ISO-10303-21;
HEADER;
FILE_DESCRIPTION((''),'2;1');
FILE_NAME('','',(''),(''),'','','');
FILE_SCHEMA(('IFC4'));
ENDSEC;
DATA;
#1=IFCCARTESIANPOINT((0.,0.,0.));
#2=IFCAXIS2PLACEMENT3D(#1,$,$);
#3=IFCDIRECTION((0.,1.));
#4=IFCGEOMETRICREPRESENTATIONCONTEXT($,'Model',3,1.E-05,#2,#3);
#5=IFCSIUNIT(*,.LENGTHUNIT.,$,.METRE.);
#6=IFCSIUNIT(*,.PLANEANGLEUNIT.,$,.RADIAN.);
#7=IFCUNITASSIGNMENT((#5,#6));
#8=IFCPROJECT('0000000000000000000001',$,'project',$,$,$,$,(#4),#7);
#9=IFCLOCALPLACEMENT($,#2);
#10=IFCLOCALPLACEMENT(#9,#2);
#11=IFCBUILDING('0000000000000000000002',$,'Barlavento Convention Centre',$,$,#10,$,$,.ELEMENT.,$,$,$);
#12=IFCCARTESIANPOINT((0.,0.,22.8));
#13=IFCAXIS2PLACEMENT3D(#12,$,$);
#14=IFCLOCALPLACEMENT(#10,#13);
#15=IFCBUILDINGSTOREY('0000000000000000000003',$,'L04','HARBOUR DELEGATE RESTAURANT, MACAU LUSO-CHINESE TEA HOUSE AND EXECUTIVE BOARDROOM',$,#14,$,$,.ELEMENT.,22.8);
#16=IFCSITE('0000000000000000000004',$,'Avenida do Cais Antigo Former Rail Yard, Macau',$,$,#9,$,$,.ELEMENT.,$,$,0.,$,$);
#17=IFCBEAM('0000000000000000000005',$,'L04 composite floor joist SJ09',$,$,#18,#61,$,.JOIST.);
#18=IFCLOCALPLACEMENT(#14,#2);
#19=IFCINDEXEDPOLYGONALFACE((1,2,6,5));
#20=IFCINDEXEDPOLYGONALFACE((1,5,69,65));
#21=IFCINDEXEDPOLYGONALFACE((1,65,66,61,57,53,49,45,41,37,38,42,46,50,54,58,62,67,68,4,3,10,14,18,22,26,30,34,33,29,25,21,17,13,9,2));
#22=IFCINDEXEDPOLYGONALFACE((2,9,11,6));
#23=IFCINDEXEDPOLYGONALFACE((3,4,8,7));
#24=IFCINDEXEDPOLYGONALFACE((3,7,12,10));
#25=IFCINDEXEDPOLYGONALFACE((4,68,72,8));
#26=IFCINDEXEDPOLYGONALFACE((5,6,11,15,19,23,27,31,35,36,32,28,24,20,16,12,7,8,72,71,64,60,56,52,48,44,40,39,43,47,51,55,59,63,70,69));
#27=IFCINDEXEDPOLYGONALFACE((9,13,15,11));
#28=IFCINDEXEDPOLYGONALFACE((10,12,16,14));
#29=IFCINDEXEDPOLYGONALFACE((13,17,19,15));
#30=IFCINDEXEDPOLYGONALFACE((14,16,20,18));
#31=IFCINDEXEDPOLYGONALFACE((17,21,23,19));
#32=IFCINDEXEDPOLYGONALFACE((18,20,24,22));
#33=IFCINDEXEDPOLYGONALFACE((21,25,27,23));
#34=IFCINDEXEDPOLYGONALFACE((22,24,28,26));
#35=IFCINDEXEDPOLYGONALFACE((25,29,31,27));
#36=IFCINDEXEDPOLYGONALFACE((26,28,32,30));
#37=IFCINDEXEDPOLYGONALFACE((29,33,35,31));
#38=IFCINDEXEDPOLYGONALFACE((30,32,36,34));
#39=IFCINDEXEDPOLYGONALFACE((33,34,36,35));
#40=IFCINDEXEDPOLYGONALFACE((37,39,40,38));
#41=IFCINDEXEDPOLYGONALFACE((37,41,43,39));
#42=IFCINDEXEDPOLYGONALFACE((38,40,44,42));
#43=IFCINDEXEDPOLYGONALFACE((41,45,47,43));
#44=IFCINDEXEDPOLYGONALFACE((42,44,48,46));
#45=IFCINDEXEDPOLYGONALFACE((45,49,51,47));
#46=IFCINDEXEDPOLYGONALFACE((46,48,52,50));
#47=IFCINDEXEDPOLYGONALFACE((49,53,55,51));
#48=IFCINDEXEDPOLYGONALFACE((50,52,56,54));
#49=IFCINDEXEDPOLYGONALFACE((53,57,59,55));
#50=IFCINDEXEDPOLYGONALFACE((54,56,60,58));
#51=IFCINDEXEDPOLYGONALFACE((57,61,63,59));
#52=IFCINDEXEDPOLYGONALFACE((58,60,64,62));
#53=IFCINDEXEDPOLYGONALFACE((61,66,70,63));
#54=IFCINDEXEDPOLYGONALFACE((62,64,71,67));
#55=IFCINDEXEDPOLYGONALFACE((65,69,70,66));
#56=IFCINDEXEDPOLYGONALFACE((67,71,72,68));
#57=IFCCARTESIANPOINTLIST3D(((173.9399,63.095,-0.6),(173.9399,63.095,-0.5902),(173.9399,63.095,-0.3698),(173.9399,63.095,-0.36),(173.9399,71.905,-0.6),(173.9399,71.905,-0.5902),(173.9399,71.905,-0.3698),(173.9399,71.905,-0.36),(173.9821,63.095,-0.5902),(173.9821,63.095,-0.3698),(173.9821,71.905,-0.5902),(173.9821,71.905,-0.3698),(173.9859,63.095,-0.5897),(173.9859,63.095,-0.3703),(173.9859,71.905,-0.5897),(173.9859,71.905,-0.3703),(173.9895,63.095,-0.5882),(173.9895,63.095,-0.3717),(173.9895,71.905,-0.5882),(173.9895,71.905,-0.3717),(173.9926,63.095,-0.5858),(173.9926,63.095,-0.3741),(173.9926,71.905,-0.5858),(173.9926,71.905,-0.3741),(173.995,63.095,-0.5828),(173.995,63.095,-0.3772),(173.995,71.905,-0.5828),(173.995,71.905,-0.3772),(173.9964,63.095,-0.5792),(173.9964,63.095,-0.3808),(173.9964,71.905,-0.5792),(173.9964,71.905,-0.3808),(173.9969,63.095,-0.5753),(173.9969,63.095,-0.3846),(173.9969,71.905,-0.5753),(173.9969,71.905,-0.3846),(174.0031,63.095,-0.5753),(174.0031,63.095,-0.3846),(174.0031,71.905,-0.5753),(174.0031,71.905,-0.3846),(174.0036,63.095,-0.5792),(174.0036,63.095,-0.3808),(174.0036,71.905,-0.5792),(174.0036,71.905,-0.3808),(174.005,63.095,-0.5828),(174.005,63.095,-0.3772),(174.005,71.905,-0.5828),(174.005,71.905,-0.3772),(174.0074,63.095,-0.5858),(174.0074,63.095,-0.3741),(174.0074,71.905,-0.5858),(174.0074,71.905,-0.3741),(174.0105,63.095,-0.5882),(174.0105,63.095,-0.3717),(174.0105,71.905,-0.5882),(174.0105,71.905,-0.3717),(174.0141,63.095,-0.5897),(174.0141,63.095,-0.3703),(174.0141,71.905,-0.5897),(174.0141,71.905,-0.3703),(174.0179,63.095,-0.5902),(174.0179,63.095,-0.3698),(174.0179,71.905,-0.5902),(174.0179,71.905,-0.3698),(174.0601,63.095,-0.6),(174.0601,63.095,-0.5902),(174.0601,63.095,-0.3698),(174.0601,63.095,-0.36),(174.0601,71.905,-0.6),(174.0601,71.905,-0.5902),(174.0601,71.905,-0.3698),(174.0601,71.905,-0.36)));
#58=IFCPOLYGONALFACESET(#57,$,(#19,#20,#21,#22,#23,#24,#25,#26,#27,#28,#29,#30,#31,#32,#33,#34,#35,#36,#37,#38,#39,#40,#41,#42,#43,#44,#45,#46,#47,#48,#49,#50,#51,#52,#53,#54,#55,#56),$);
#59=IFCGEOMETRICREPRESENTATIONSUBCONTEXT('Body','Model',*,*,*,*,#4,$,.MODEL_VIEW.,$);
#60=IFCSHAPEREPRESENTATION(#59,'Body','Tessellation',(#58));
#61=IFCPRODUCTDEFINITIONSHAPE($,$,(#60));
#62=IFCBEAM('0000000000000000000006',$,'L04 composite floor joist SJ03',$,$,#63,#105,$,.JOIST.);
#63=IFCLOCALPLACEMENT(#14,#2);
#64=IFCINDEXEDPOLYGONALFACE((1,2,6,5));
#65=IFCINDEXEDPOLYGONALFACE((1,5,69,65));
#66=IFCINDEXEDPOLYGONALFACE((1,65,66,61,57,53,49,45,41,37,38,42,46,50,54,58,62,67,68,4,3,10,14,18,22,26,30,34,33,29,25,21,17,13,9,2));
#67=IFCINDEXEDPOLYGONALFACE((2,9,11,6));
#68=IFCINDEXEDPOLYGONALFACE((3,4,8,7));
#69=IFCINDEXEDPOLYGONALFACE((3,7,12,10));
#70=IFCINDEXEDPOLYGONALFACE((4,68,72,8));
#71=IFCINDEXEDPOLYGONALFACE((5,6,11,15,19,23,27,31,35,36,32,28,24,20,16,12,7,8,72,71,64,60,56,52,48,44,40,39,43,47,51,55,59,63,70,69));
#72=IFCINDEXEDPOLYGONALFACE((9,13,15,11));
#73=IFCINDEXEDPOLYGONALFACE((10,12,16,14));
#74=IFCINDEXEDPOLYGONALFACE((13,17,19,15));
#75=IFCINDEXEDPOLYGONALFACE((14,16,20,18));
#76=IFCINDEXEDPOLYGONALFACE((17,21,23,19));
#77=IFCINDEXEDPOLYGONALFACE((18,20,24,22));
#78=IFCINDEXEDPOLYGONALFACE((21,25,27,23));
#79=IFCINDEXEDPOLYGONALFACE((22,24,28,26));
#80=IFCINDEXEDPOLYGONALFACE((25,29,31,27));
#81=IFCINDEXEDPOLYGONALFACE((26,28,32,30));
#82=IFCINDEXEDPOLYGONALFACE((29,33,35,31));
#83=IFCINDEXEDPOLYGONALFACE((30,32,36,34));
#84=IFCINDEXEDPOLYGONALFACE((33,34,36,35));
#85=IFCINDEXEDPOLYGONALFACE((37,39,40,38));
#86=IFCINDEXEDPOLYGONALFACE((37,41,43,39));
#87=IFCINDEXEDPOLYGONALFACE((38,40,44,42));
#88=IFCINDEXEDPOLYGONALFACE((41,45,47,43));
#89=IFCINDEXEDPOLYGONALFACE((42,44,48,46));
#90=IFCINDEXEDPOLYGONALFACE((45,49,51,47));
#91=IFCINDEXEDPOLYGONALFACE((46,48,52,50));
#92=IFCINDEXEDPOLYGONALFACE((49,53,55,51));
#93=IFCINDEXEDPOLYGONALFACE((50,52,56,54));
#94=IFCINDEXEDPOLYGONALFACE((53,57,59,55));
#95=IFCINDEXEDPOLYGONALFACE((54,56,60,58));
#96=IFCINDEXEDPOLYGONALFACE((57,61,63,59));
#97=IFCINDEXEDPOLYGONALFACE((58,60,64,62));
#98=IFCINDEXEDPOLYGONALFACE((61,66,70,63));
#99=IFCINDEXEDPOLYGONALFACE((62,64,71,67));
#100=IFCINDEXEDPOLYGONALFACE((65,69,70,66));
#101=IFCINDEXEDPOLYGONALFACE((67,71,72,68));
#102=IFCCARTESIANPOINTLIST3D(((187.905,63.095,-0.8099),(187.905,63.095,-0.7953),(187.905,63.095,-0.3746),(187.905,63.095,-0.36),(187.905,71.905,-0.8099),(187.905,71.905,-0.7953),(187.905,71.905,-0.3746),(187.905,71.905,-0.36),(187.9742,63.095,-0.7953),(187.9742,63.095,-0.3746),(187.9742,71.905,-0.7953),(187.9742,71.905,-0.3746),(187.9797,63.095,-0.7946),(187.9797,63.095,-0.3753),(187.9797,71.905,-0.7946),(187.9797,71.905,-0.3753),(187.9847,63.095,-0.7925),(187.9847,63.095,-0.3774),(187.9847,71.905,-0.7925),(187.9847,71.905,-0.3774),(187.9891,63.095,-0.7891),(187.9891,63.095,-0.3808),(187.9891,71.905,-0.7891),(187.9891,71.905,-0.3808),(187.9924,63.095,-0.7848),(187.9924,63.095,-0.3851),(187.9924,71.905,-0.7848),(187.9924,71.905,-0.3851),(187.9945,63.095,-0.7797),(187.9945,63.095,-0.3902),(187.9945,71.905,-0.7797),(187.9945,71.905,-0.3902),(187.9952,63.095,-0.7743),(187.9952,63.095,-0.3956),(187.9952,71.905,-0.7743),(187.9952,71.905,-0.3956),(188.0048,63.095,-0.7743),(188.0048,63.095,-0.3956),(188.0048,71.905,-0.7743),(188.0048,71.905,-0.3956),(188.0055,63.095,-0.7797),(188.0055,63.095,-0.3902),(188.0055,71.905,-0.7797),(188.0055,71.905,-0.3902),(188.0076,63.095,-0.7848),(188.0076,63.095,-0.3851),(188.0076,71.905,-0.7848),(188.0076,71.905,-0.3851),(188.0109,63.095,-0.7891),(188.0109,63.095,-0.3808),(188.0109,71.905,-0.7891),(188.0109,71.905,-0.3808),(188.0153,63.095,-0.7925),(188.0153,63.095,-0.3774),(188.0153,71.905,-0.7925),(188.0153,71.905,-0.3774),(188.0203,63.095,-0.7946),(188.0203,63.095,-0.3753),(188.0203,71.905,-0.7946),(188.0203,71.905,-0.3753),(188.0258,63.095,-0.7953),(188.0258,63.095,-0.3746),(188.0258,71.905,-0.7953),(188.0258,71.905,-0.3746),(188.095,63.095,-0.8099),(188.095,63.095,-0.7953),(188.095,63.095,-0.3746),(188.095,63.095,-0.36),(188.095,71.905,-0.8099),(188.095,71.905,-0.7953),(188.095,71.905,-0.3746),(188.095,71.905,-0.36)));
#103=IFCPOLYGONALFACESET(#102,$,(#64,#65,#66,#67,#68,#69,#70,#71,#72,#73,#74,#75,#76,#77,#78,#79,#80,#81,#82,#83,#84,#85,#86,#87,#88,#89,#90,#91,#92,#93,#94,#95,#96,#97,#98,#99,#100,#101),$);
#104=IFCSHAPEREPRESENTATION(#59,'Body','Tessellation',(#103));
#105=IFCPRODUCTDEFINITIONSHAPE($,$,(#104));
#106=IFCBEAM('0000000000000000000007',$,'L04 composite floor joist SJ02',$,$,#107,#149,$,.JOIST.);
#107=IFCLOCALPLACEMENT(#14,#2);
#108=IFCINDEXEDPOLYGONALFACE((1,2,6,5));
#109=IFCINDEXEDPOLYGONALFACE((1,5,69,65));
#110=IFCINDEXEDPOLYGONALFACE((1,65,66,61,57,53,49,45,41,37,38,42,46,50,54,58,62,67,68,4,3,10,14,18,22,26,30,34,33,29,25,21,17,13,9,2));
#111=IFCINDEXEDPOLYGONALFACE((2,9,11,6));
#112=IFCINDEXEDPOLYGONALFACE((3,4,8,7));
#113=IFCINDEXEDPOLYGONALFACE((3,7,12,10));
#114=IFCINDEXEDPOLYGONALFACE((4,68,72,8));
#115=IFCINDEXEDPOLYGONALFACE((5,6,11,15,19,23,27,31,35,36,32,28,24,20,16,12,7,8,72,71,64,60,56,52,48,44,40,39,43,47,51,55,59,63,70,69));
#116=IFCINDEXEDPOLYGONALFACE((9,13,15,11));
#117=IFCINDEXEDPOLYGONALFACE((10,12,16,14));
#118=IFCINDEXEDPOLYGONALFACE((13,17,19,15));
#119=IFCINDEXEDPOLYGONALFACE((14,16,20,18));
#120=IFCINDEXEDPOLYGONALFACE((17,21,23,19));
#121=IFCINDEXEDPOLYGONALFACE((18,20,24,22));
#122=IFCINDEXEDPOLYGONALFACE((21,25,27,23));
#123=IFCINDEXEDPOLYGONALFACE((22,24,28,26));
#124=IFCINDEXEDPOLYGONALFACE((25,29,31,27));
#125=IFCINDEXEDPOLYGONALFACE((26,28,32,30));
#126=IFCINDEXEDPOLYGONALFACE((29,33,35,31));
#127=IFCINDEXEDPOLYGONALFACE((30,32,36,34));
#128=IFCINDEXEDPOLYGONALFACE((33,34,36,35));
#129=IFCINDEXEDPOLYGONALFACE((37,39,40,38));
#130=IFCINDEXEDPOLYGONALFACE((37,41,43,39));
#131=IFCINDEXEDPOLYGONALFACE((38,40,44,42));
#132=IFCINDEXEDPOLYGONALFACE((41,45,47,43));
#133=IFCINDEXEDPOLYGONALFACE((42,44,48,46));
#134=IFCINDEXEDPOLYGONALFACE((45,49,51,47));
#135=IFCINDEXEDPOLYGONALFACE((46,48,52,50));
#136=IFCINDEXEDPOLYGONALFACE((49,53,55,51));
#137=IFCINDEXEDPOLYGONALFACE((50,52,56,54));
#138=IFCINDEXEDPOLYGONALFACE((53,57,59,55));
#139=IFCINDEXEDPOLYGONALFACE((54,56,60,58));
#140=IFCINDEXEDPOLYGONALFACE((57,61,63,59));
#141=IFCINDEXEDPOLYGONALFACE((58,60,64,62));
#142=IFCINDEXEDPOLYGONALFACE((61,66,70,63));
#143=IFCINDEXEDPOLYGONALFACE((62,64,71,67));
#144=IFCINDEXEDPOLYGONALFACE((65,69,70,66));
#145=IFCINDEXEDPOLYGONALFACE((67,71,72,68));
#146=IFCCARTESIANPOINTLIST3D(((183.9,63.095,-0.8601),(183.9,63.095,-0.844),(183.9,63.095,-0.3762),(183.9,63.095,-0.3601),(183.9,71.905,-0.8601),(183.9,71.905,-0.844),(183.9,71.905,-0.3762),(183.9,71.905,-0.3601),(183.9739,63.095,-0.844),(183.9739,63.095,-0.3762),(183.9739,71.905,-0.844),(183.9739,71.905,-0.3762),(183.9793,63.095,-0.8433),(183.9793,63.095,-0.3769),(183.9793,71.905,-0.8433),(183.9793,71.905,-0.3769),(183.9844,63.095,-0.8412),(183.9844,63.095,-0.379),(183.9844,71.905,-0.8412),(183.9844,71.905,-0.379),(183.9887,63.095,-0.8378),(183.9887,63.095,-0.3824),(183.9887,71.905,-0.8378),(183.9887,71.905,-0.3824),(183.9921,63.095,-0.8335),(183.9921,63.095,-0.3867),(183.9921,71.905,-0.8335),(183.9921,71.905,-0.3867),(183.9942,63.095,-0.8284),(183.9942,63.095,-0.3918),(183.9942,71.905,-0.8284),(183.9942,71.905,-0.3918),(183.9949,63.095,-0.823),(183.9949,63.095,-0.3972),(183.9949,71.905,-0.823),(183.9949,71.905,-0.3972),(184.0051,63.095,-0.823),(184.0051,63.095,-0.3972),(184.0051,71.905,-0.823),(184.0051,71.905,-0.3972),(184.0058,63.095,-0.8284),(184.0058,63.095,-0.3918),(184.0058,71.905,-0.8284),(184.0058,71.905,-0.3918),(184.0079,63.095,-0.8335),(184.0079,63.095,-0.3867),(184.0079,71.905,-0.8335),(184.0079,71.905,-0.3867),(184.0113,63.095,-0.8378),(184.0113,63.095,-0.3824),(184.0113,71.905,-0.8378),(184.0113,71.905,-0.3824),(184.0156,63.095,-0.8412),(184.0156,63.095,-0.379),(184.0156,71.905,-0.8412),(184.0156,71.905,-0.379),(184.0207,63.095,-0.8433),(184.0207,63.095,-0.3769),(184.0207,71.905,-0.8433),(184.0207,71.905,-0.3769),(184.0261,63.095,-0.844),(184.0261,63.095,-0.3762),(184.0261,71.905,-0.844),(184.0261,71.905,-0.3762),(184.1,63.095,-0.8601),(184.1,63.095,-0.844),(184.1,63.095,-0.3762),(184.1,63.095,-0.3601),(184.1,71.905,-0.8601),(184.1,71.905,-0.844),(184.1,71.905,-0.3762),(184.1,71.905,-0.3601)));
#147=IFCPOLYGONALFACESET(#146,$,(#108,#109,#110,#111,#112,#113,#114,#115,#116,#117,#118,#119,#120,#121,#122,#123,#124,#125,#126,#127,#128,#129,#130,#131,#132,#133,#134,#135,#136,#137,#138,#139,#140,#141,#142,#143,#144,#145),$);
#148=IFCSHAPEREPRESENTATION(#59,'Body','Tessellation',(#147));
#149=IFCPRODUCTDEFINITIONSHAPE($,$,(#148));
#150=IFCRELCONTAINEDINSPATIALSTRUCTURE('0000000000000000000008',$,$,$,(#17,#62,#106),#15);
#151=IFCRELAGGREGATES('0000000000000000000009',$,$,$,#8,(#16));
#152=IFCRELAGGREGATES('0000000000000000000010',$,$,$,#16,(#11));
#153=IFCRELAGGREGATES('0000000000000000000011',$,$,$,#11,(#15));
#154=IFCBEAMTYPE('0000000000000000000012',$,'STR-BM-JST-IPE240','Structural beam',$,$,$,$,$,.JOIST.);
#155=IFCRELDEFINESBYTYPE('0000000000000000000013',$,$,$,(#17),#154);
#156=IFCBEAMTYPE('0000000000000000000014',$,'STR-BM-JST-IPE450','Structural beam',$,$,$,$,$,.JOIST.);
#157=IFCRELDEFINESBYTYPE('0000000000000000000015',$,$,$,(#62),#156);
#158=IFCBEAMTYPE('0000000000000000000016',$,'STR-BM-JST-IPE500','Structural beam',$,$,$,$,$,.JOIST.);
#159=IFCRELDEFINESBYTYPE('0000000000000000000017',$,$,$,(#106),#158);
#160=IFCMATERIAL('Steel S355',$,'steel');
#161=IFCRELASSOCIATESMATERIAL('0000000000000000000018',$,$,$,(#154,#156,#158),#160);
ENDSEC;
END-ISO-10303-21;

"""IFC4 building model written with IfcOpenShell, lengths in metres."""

from ifc_helpers import new_model, si_unit, direction, frame, origin, origin_2d, place, context, subcontext, project, spatial, i_section, extrude, material, material_profile, profile_set, type_object, element, save


model = new_model("IFC4")

# Units and contexts
model_context = context("Model", 3, precision=1e-05, world=origin(), true_north=direction((0.0, 1.0)))
body_context = subcontext(model_context, "Body", "Model", "MODEL_VIEW")
ifc_project = project(units=[si_unit("LENGTHUNIT", "METRE"), si_unit("PLANEANGLEUNIT", "RADIAN")], contexts=[model_context])

# Site, building, storey
site_placement = place(None, origin())
site = spatial("IfcSite", under=ifc_project, at=site_placement, Name="Avenida do Cais Antigo Former Rail Yard, Macau", CompositionType="ELEMENT", RefElevation=0.0)
building_placement = place(site_placement, origin())
building = spatial("IfcBuilding", under=site, at=building_placement, Name="Barlavento Convention Centre", CompositionType="ELEMENT")
storey_placement = place(building_placement, frame((0.0, 0.0, 22.8)))
storey = spatial("IfcBuildingStorey", under=building, at=storey_placement, Name="L04", Description="HARBOUR DELEGATE RESTAURANT, MACAU LUSO-CHINESE TEA HOUSE AND EXECUTIVE BOARDROOM", CompositionType="ELEMENT", Elevation=22.8)

# Shared definitions
ifc_material_1 = material(Name="Steel S355", Category="steel")

# Beams
ifc_material_profile_1 = material_profile(ifc_material_1, i_section(OverallWidth=0.1201, OverallDepth=0.24, WebThickness=0.0061, FlangeThickness=0.0098, FilletRadius=0.0149, at=origin_2d()), Name="IPE 240")
ifc_profile_set_1 = profile_set([ifc_material_profile_1], Name="Steel S355")
beam_type_1 = type_object("IfcBeamType", Name="STR-BM-JST-IPE240", Description="Structural beam", PredefinedType="JOIST", material=ifc_profile_set_1)
beam_1_placement = place(storey_placement, frame((174.0, 63.095, -0.48), z_axis=(0.0, 1.0, 0.0), x_axis=(-1.0, 0.0, 0.0)))
element("IfcBeam", 1, at=beam_1_placement, inside=storey, type_object=beam_type_1, Name="L04 composite floor joist SJ09", PredefinedType="JOIST", context=body_context, shape_type="SweptSolid", body=[
    extrude(i_section(OverallWidth=0.1201, OverallDepth=0.24, WebThickness=0.0061, FlangeThickness=0.0098, FilletRadius=0.0149, at=origin_2d()), origin(), (0.0, 0.0, 1.0), 8.8101),
])
ifc_material_profile_2 = material_profile(ifc_material_1, i_section(OverallWidth=0.1899, OverallDepth=0.45, WebThickness=0.0095, FlangeThickness=0.0146, FilletRadius=0.021, at=origin_2d()), Name="IPE 450")
ifc_profile_set_2 = profile_set([ifc_material_profile_2], Name="Steel S355")
beam_type_2 = type_object("IfcBeamType", Name="STR-BM-JST-IPE450", Description="Structural beam", PredefinedType="JOIST", material=ifc_profile_set_2)
beam_2_placement = place(storey_placement, frame((188.0, 63.095, -0.585), z_axis=(0.0, 1.0, 0.0), x_axis=(-1.0, 0.0, 0.0)))
element("IfcBeam", 2, at=beam_2_placement, inside=storey, type_object=beam_type_2, Name="L04 composite floor joist SJ03", PredefinedType="JOIST", context=body_context, shape_type="SweptSolid", body=[
    extrude(i_section(OverallWidth=0.1899, OverallDepth=0.45, WebThickness=0.0095, FlangeThickness=0.0146, FilletRadius=0.021, at=origin_2d()), origin(), (0.0, 0.0, 1.0), 8.8101),
])
ifc_material_profile_3 = material_profile(ifc_material_1, i_section(OverallWidth=0.2, OverallDepth=0.5, WebThickness=0.0103, FlangeThickness=0.0161, FilletRadius=0.021, at=origin_2d()), Name="IPE 500")
ifc_profile_set_3 = profile_set([ifc_material_profile_3], Name="Steel S355")
beam_type_3 = type_object("IfcBeamType", Name="STR-BM-JST-IPE500", Description="Structural beam", PredefinedType="JOIST", material=ifc_profile_set_3)
beam_3_placement = place(storey_placement, frame((184.0, 63.095, -0.6101), z_axis=(0.0, 1.0, 0.0), x_axis=(-1.0, 0.0, 0.0)))
element("IfcBeam", 3, at=beam_3_placement, inside=storey, type_object=beam_type_3, Name="L04 composite floor joist SJ02", PredefinedType="JOIST", context=body_context, shape_type="SweptSolid", body=[
    extrude(i_section(OverallWidth=0.2, OverallDepth=0.5, WebThickness=0.0103, FlangeThickness=0.0161, FilletRadius=0.021, at=origin_2d()), origin(), (0.0, 0.0, 1.0), 8.8101),
])

save(model, "model.ifc")
